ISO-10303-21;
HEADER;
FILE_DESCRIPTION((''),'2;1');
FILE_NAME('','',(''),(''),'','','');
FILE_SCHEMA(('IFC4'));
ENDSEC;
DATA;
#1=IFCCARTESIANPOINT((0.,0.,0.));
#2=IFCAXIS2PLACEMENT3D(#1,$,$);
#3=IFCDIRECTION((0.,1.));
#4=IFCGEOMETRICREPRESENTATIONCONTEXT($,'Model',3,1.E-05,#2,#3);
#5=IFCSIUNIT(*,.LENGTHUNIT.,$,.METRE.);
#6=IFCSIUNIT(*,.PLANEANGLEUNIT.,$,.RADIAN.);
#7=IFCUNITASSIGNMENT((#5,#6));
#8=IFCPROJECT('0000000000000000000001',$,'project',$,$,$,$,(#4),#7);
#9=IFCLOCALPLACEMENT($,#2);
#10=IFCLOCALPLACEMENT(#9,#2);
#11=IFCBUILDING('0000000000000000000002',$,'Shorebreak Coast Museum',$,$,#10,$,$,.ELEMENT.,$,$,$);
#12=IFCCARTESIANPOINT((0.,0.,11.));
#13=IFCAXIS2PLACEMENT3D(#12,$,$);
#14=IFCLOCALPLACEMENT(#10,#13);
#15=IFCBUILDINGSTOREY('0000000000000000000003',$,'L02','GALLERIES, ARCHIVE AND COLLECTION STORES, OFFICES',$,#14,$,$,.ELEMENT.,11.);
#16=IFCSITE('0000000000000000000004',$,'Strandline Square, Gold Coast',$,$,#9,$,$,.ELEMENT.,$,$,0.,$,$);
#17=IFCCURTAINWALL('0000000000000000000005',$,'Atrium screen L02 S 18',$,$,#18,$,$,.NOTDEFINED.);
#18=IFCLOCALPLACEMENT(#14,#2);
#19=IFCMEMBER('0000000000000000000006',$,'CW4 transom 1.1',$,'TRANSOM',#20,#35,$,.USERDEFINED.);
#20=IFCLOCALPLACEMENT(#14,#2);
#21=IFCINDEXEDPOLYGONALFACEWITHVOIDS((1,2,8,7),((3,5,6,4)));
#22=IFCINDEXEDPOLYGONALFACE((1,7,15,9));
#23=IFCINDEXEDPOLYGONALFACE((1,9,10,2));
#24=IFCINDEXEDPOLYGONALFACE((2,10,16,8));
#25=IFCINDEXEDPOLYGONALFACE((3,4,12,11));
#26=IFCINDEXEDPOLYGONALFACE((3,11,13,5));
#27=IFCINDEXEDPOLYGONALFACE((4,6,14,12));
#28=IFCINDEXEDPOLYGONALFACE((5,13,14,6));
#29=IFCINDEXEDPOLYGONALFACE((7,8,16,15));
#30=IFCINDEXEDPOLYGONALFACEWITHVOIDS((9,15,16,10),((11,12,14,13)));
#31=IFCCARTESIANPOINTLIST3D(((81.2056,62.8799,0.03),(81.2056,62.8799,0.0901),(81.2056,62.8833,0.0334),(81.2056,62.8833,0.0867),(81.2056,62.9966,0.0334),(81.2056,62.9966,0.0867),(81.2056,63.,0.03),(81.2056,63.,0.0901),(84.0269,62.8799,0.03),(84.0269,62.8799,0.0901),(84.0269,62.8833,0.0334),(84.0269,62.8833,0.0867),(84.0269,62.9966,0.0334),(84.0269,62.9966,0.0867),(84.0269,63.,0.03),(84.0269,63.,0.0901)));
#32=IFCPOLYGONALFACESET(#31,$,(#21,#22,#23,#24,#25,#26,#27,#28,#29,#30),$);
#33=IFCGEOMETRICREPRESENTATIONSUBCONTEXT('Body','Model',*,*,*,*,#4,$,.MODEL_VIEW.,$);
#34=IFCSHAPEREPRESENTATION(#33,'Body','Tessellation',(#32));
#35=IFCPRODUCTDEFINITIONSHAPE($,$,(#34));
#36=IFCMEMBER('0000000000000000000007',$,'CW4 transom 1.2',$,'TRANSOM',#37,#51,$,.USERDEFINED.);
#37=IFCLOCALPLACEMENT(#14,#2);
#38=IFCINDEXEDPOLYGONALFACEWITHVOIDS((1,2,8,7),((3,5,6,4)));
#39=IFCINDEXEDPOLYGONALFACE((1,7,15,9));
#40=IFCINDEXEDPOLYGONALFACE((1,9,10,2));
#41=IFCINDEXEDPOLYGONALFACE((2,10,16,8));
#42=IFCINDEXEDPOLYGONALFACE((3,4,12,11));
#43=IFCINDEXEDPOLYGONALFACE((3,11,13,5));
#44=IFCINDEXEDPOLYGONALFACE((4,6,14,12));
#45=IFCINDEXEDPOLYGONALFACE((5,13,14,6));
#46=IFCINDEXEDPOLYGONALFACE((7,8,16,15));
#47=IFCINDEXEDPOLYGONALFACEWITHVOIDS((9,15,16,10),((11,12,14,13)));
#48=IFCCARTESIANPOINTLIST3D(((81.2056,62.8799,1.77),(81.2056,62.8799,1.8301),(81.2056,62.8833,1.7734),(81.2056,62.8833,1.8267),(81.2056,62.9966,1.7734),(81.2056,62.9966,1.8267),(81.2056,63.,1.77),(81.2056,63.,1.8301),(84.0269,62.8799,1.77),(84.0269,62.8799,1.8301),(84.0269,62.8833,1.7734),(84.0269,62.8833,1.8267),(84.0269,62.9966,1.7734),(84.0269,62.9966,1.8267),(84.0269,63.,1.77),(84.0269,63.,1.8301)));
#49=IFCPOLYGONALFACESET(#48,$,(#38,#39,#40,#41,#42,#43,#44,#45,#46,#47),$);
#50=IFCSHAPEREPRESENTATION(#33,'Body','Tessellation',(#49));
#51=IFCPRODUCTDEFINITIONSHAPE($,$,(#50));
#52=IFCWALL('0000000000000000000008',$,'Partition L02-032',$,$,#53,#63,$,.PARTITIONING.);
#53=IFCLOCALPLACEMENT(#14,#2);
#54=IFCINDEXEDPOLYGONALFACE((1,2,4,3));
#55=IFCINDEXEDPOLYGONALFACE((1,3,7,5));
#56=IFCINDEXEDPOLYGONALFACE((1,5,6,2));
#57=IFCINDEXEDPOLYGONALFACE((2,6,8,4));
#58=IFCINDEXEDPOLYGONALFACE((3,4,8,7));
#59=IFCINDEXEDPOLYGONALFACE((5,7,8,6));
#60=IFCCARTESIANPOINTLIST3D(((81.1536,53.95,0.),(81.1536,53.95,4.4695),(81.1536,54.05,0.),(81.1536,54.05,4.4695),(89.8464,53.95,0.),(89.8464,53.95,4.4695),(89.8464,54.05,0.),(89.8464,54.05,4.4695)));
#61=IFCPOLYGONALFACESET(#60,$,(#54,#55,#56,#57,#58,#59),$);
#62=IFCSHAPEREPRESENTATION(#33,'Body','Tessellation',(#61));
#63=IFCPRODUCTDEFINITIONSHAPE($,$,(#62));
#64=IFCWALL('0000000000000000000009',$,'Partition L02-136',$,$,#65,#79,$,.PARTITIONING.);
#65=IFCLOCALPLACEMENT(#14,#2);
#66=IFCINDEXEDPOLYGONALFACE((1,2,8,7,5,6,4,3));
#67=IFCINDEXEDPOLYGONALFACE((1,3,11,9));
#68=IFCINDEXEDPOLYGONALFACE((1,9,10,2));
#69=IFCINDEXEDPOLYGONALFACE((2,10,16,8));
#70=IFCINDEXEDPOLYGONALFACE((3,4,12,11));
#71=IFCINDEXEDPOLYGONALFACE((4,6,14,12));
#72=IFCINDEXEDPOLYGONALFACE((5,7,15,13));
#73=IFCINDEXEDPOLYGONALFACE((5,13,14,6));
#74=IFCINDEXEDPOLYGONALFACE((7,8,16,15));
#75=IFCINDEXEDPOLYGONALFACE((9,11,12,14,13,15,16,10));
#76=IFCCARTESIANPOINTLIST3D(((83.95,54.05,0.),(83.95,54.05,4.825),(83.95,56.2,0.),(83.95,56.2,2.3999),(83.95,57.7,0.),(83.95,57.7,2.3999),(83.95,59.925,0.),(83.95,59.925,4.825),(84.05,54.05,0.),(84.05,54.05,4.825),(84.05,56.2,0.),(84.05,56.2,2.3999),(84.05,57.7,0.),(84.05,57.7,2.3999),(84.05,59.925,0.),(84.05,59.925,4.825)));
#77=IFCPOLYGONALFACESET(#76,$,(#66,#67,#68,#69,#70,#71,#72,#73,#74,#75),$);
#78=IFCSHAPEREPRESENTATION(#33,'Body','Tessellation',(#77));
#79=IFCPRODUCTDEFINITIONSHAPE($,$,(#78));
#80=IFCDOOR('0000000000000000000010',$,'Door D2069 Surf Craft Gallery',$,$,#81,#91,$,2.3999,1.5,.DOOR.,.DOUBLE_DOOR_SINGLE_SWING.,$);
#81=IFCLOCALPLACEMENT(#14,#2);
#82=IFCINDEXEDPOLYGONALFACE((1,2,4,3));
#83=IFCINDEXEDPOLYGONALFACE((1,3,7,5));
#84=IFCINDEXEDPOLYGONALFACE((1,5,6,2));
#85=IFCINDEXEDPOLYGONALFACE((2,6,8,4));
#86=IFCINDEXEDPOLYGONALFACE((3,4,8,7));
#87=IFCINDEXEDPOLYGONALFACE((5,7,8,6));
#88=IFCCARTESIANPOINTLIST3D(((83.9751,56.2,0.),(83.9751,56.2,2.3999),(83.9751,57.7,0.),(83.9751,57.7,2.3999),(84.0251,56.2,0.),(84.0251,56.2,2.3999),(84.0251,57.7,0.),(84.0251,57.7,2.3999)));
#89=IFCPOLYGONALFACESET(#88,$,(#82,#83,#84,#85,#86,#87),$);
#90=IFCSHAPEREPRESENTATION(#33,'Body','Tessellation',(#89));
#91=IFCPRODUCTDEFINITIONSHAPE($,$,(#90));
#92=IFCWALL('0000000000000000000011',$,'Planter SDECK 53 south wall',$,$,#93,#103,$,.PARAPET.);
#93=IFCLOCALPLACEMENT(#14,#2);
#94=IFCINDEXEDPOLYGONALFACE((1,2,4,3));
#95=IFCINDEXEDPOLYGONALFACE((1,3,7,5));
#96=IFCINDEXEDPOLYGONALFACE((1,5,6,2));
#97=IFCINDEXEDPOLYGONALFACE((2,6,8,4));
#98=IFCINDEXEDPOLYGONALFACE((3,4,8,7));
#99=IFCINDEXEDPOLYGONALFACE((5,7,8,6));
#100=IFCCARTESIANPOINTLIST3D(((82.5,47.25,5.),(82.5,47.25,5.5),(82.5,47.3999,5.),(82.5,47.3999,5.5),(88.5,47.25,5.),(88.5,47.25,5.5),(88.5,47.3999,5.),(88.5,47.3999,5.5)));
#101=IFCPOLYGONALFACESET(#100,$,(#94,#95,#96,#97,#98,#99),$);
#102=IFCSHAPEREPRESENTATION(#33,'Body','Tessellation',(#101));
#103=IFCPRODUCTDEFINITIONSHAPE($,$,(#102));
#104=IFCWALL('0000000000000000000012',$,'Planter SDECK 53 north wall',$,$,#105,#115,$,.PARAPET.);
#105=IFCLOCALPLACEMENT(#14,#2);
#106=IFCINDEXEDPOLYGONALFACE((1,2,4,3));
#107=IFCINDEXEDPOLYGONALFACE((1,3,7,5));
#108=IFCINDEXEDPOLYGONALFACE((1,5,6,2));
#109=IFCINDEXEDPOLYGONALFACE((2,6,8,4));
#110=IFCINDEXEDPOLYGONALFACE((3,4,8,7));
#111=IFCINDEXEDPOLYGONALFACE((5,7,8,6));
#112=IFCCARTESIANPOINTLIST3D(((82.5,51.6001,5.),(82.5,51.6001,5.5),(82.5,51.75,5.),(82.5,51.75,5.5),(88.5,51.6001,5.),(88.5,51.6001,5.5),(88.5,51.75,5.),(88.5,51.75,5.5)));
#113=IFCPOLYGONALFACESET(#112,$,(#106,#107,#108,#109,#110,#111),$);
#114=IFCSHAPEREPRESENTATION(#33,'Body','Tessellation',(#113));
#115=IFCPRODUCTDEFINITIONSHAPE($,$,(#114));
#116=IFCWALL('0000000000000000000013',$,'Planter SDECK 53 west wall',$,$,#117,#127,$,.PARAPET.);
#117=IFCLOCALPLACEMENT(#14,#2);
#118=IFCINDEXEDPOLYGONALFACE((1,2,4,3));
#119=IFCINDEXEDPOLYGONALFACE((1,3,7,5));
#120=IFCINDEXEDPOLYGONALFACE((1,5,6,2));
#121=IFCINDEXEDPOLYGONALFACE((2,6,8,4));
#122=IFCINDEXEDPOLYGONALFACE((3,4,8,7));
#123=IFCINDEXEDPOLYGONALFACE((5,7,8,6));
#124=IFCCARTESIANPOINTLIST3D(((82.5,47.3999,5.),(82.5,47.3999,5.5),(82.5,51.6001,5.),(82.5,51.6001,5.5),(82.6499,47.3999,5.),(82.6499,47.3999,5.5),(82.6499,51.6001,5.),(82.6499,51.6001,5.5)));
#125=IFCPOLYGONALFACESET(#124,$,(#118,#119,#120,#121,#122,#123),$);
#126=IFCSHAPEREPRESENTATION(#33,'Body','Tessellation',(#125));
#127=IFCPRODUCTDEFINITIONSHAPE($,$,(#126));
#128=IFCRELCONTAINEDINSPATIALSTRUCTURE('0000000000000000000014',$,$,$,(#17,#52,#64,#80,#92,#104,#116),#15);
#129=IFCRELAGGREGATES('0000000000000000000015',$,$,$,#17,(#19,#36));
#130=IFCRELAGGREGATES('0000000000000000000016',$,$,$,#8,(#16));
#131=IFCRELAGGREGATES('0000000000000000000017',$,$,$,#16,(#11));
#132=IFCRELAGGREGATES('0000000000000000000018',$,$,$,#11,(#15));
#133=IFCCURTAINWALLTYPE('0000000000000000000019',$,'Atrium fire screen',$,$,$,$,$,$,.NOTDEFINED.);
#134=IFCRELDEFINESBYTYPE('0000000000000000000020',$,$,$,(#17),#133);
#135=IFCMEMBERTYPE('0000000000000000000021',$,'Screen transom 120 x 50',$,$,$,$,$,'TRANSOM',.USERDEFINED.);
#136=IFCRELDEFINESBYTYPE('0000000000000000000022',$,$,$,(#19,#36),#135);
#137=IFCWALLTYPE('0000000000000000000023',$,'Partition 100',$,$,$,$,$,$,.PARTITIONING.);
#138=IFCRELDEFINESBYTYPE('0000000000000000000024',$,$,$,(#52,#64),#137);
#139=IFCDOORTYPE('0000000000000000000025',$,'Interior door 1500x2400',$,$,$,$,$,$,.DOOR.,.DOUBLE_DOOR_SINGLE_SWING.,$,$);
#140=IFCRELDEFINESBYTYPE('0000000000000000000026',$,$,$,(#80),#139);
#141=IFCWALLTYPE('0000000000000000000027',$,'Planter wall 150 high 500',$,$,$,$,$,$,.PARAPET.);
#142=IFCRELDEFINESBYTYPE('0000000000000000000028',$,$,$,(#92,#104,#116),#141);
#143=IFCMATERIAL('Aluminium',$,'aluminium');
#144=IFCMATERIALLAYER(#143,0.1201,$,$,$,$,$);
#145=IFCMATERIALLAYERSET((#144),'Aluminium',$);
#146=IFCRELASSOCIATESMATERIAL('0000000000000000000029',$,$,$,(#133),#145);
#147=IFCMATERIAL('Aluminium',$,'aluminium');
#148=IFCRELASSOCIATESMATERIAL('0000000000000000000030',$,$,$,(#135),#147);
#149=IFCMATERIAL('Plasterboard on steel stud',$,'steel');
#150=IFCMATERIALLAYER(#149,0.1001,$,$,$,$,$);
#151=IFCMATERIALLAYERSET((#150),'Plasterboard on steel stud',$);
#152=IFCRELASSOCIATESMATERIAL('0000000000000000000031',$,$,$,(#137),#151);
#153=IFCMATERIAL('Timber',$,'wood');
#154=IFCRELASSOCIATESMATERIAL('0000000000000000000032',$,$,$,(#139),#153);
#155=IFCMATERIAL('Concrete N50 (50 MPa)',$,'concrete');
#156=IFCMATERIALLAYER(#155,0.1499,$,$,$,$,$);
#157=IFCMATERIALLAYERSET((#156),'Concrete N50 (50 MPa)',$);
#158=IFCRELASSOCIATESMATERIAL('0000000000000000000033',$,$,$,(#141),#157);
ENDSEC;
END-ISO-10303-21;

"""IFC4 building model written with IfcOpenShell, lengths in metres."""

from ifc_helpers import new_model, si_unit, direction, frame, frame_2d, origin, origin_2d, place, context, subcontext, project, spatial, rectangle, hollow_rectangle, extrude, material, layer, layer_set, material_profile, profile_set, type_object, element, fill, aggregate, save


model = new_model("IFC4")

# Units and contexts
model_context = context("Model", 3, precision=1e-05, world=origin(), true_north=direction((0.0, 1.0)))
body_context = subcontext(model_context, "Body", "Model", "MODEL_VIEW")
ifc_project = project(units=[si_unit("LENGTHUNIT", "METRE"), si_unit("PLANEANGLEUNIT", "RADIAN")], contexts=[model_context])

# Site, building, storey
site_placement = place(None, origin())
site = spatial("IfcSite", under=ifc_project, at=site_placement, Name="Strandline Square, Gold Coast", CompositionType="ELEMENT", RefElevation=0.0)
building_placement = place(site_placement, origin())
building = spatial("IfcBuilding", under=site, at=building_placement, Name="Shorebreak Coast Museum", CompositionType="ELEMENT")
storey_placement = place(building_placement, frame((0.0, 0.0, 11.0)))
storey = spatial("IfcBuildingStorey", under=building, at=storey_placement, Name="L02", Description="GALLERIES, ARCHIVE AND COLLECTION STORES, OFFICES", CompositionType="ELEMENT", Elevation=11.0)

# Shared definitions
ifc_material_1 = material(Name="Aluminium", Category="aluminium")
ifc_layer_1 = layer(ifc_material_1, 0.1201)
ifc_layer_set_1 = layer_set([ifc_layer_1], Name="Aluminium")
curtain_wall_type = type_object("IfcCurtainWallType", Name="Atrium fire screen", PredefinedType="NOTDEFINED", material=ifc_layer_set_1)

# Curtain wall, members
curtain_wall_1_placement = place(storey_placement, origin())
curtain_wall_1 = element("IfcCurtainWall", 1, at=curtain_wall_1_placement, inside=storey, type_object=curtain_wall_type, Name="Atrium screen L02 S 18", PredefinedType="NOTDEFINED")
ifc_material_2 = material(Name="Aluminium", Category="aluminium")
ifc_material_profile_1 = material_profile(ifc_material_2, hollow_rectangle(XDim=0.1201, YDim=0.0601, WallThickness=0.0034, at=origin_2d()), Name="AL 60x120 RHS")
ifc_profile_set_1 = profile_set([ifc_material_profile_1], Name="Aluminium")
member_type_1 = type_object("IfcMemberType", Name="Screen transom 120 x 50", ElementType="TRANSOM", PredefinedType="USERDEFINED", material=ifc_profile_set_1)
member_1_placement = place(storey_placement, frame((81.2056, 62.9399, 0.0601), z_axis=(1.0, 0.0, 0.0), x_axis=(0.0, 1.0, 0.0)))
member_1 = element("IfcMember", 2, at=member_1_placement, type_object=member_type_1, Name="CW4 transom 1.1", ObjectType="TRANSOM", PredefinedType="USERDEFINED", context=body_context, shape_type="SweptSolid", body=[
    extrude(hollow_rectangle(XDim=0.1201, YDim=0.0601, WallThickness=0.0034, at=origin_2d()), origin(), (0.0, 0.0, 1.0), 2.8213),
])
member_2_placement = place(storey_placement, frame((81.2056, 62.9399, 1.8), z_axis=(1.0, 0.0, 0.0), x_axis=(0.0, 1.0, 0.0)))
member_2 = element("IfcMember", 3, at=member_2_placement, type_object=member_type_1, Name="CW4 transom 1.2", ObjectType="TRANSOM", PredefinedType="USERDEFINED", context=body_context, shape_type="SweptSolid", body=[
    extrude(hollow_rectangle(XDim=0.1201, YDim=0.0601, WallThickness=0.0034, at=origin_2d()), origin(), (0.0, 0.0, 1.0), 2.8213),
])
aggregate(curtain_wall_1, [member_1, member_2])

# Wall
ifc_material_3 = material(Name="Plasterboard on steel stud", Category="steel")
ifc_layer_2 = layer(ifc_material_3, 0.1001)
ifc_layer_set_2 = layer_set([ifc_layer_2], Name="Plasterboard on steel stud")
wall_type_1 = type_object("IfcWallType", Name="Partition 100", PredefinedType="PARTITIONING", material=ifc_layer_set_2)
wall_1_placement = place(storey_placement, frame((81.1536, 54.0, 0.0), z_axis=(0.0, 0.0, 1.0), x_axis=(1.0, 0.0, 0.0)))
element("IfcWall", 4, at=wall_1_placement, inside=storey, type_object=wall_type_1, Name="Partition L02-032", PredefinedType="PARTITIONING", context=body_context, shape_type="SweptSolid", body=[
    extrude(rectangle(XDim=8.6929, YDim=0.1001, at=frame_2d((4.3464, 0.0))), origin(), (0.0, 0.0, 1.0), 4.4695),
])

# Wall, opening, door
wall_2_placement = place(storey_placement, frame((84.0, 54.05, 0.0), z_axis=(0.0, 0.0, 1.0), x_axis=(0.0, 1.0, 0.0)))
wall_2 = element("IfcWall", 5, at=wall_2_placement, inside=storey, type_object=wall_type_1, Name="Partition L02-136", PredefinedType="PARTITIONING", context=body_context, shape_type="SweptSolid", body=[
    extrude(rectangle(XDim=5.875, YDim=0.1001, at=frame_2d((2.9375, 0.0))), origin(), (0.0, 0.0, 1.0), 4.825),
])
opening_placement = place(wall_2_placement, frame((2.1499, 0.0, 0.0)))
opening = element("IfcOpeningElement", 6, at=opening_placement, cuts=wall_2, PredefinedType="OPENING", context=body_context, shape_type="SweptSolid", body=[
    extrude(rectangle(XDim=1.5, YDim=2.3999, at=frame_2d((0.75, 1.2))), frame((0.0, 0.0601, 0.0), z_axis=(0.0, -1.0, 0.0), x_axis=(1.0, 0.0, 0.0)), (0.0, 0.0, 1.0), 0.1201),
])
ifc_material_4 = material(Name="Timber", Category="wood")
door_type = type_object("IfcDoorType", Name="Interior door 1500x2400", OperationType="DOUBLE_DOOR_SINGLE_SWING", PredefinedType="DOOR", material=ifc_material_4)
door_placement = place(opening_placement, origin())
door = element("IfcDoor", 7, at=door_placement, inside=storey, type_object=door_type, Name="Door D2069 Surf Craft Gallery", OperationType="DOUBLE_DOOR_SINGLE_SWING", OverallHeight=2.3999, OverallWidth=1.5, PredefinedType="DOOR", context=body_context, shape_type="SweptSolid", body=[
    extrude(rectangle(XDim=1.5, YDim=2.3999, at=frame_2d((0.75, 1.2))), frame((0.0, 0.0249, 0.0), z_axis=(0.0, -1.0, 0.0), x_axis=(1.0, 0.0, 0.0)), (0.0, 0.0, 1.0), 0.05),
])
fill(opening, door)

# Walls
ifc_material_5 = material(Name="Concrete N50 (50 MPa)", Category="concrete")
ifc_layer_3 = layer(ifc_material_5, 0.1499)
ifc_layer_set_3 = layer_set([ifc_layer_3], Name="Concrete N50 (50 MPa)")
wall_type_2 = type_object("IfcWallType", Name="Planter wall 150 high 500", PredefinedType="PARAPET", material=ifc_layer_set_3)
for number, where, z_axis, x_axis, name in (
    (8, (82.5, 47.325, 5.0), (0.0, 0.0, 1.0), (1.0, 0.0, 0.0), "Planter SDECK 53 south wall"),
    (9, (82.5, 51.675, 5.0), (0.0, 0.0, 1.0), (1.0, 0.0, 0.0), "Planter SDECK 53 north wall"),
):
    element("IfcWall", number, at=place(storey_placement, frame(where, z_axis=z_axis, x_axis=x_axis)), inside=storey, type_object=wall_type_2, Name=name, PredefinedType="PARAPET", context=body_context, shape_type="SweptSolid", body=[
        extrude(rectangle(XDim=6.0, YDim=0.1499, at=frame_2d((3.0, 0.0))), origin(), (0.0, 0.0, 1.0), 0.5),
    ])
wall_3_placement = place(storey_placement, frame((82.575, 47.3999, 5.0), z_axis=(0.0, 0.0, 1.0), x_axis=(0.0, 1.0, 0.0)))
element("IfcWall", 10, at=wall_3_placement, inside=storey, type_object=wall_type_2, Name="Planter SDECK 53 west wall", PredefinedType="PARAPET", context=body_context, shape_type="SweptSolid", body=[
    extrude(rectangle(XDim=4.2002, YDim=0.1499, at=frame_2d((2.1001, 0.0))), origin(), (0.0, 0.0, 1.0), 0.5),
])

save(model, "model.ifc")
